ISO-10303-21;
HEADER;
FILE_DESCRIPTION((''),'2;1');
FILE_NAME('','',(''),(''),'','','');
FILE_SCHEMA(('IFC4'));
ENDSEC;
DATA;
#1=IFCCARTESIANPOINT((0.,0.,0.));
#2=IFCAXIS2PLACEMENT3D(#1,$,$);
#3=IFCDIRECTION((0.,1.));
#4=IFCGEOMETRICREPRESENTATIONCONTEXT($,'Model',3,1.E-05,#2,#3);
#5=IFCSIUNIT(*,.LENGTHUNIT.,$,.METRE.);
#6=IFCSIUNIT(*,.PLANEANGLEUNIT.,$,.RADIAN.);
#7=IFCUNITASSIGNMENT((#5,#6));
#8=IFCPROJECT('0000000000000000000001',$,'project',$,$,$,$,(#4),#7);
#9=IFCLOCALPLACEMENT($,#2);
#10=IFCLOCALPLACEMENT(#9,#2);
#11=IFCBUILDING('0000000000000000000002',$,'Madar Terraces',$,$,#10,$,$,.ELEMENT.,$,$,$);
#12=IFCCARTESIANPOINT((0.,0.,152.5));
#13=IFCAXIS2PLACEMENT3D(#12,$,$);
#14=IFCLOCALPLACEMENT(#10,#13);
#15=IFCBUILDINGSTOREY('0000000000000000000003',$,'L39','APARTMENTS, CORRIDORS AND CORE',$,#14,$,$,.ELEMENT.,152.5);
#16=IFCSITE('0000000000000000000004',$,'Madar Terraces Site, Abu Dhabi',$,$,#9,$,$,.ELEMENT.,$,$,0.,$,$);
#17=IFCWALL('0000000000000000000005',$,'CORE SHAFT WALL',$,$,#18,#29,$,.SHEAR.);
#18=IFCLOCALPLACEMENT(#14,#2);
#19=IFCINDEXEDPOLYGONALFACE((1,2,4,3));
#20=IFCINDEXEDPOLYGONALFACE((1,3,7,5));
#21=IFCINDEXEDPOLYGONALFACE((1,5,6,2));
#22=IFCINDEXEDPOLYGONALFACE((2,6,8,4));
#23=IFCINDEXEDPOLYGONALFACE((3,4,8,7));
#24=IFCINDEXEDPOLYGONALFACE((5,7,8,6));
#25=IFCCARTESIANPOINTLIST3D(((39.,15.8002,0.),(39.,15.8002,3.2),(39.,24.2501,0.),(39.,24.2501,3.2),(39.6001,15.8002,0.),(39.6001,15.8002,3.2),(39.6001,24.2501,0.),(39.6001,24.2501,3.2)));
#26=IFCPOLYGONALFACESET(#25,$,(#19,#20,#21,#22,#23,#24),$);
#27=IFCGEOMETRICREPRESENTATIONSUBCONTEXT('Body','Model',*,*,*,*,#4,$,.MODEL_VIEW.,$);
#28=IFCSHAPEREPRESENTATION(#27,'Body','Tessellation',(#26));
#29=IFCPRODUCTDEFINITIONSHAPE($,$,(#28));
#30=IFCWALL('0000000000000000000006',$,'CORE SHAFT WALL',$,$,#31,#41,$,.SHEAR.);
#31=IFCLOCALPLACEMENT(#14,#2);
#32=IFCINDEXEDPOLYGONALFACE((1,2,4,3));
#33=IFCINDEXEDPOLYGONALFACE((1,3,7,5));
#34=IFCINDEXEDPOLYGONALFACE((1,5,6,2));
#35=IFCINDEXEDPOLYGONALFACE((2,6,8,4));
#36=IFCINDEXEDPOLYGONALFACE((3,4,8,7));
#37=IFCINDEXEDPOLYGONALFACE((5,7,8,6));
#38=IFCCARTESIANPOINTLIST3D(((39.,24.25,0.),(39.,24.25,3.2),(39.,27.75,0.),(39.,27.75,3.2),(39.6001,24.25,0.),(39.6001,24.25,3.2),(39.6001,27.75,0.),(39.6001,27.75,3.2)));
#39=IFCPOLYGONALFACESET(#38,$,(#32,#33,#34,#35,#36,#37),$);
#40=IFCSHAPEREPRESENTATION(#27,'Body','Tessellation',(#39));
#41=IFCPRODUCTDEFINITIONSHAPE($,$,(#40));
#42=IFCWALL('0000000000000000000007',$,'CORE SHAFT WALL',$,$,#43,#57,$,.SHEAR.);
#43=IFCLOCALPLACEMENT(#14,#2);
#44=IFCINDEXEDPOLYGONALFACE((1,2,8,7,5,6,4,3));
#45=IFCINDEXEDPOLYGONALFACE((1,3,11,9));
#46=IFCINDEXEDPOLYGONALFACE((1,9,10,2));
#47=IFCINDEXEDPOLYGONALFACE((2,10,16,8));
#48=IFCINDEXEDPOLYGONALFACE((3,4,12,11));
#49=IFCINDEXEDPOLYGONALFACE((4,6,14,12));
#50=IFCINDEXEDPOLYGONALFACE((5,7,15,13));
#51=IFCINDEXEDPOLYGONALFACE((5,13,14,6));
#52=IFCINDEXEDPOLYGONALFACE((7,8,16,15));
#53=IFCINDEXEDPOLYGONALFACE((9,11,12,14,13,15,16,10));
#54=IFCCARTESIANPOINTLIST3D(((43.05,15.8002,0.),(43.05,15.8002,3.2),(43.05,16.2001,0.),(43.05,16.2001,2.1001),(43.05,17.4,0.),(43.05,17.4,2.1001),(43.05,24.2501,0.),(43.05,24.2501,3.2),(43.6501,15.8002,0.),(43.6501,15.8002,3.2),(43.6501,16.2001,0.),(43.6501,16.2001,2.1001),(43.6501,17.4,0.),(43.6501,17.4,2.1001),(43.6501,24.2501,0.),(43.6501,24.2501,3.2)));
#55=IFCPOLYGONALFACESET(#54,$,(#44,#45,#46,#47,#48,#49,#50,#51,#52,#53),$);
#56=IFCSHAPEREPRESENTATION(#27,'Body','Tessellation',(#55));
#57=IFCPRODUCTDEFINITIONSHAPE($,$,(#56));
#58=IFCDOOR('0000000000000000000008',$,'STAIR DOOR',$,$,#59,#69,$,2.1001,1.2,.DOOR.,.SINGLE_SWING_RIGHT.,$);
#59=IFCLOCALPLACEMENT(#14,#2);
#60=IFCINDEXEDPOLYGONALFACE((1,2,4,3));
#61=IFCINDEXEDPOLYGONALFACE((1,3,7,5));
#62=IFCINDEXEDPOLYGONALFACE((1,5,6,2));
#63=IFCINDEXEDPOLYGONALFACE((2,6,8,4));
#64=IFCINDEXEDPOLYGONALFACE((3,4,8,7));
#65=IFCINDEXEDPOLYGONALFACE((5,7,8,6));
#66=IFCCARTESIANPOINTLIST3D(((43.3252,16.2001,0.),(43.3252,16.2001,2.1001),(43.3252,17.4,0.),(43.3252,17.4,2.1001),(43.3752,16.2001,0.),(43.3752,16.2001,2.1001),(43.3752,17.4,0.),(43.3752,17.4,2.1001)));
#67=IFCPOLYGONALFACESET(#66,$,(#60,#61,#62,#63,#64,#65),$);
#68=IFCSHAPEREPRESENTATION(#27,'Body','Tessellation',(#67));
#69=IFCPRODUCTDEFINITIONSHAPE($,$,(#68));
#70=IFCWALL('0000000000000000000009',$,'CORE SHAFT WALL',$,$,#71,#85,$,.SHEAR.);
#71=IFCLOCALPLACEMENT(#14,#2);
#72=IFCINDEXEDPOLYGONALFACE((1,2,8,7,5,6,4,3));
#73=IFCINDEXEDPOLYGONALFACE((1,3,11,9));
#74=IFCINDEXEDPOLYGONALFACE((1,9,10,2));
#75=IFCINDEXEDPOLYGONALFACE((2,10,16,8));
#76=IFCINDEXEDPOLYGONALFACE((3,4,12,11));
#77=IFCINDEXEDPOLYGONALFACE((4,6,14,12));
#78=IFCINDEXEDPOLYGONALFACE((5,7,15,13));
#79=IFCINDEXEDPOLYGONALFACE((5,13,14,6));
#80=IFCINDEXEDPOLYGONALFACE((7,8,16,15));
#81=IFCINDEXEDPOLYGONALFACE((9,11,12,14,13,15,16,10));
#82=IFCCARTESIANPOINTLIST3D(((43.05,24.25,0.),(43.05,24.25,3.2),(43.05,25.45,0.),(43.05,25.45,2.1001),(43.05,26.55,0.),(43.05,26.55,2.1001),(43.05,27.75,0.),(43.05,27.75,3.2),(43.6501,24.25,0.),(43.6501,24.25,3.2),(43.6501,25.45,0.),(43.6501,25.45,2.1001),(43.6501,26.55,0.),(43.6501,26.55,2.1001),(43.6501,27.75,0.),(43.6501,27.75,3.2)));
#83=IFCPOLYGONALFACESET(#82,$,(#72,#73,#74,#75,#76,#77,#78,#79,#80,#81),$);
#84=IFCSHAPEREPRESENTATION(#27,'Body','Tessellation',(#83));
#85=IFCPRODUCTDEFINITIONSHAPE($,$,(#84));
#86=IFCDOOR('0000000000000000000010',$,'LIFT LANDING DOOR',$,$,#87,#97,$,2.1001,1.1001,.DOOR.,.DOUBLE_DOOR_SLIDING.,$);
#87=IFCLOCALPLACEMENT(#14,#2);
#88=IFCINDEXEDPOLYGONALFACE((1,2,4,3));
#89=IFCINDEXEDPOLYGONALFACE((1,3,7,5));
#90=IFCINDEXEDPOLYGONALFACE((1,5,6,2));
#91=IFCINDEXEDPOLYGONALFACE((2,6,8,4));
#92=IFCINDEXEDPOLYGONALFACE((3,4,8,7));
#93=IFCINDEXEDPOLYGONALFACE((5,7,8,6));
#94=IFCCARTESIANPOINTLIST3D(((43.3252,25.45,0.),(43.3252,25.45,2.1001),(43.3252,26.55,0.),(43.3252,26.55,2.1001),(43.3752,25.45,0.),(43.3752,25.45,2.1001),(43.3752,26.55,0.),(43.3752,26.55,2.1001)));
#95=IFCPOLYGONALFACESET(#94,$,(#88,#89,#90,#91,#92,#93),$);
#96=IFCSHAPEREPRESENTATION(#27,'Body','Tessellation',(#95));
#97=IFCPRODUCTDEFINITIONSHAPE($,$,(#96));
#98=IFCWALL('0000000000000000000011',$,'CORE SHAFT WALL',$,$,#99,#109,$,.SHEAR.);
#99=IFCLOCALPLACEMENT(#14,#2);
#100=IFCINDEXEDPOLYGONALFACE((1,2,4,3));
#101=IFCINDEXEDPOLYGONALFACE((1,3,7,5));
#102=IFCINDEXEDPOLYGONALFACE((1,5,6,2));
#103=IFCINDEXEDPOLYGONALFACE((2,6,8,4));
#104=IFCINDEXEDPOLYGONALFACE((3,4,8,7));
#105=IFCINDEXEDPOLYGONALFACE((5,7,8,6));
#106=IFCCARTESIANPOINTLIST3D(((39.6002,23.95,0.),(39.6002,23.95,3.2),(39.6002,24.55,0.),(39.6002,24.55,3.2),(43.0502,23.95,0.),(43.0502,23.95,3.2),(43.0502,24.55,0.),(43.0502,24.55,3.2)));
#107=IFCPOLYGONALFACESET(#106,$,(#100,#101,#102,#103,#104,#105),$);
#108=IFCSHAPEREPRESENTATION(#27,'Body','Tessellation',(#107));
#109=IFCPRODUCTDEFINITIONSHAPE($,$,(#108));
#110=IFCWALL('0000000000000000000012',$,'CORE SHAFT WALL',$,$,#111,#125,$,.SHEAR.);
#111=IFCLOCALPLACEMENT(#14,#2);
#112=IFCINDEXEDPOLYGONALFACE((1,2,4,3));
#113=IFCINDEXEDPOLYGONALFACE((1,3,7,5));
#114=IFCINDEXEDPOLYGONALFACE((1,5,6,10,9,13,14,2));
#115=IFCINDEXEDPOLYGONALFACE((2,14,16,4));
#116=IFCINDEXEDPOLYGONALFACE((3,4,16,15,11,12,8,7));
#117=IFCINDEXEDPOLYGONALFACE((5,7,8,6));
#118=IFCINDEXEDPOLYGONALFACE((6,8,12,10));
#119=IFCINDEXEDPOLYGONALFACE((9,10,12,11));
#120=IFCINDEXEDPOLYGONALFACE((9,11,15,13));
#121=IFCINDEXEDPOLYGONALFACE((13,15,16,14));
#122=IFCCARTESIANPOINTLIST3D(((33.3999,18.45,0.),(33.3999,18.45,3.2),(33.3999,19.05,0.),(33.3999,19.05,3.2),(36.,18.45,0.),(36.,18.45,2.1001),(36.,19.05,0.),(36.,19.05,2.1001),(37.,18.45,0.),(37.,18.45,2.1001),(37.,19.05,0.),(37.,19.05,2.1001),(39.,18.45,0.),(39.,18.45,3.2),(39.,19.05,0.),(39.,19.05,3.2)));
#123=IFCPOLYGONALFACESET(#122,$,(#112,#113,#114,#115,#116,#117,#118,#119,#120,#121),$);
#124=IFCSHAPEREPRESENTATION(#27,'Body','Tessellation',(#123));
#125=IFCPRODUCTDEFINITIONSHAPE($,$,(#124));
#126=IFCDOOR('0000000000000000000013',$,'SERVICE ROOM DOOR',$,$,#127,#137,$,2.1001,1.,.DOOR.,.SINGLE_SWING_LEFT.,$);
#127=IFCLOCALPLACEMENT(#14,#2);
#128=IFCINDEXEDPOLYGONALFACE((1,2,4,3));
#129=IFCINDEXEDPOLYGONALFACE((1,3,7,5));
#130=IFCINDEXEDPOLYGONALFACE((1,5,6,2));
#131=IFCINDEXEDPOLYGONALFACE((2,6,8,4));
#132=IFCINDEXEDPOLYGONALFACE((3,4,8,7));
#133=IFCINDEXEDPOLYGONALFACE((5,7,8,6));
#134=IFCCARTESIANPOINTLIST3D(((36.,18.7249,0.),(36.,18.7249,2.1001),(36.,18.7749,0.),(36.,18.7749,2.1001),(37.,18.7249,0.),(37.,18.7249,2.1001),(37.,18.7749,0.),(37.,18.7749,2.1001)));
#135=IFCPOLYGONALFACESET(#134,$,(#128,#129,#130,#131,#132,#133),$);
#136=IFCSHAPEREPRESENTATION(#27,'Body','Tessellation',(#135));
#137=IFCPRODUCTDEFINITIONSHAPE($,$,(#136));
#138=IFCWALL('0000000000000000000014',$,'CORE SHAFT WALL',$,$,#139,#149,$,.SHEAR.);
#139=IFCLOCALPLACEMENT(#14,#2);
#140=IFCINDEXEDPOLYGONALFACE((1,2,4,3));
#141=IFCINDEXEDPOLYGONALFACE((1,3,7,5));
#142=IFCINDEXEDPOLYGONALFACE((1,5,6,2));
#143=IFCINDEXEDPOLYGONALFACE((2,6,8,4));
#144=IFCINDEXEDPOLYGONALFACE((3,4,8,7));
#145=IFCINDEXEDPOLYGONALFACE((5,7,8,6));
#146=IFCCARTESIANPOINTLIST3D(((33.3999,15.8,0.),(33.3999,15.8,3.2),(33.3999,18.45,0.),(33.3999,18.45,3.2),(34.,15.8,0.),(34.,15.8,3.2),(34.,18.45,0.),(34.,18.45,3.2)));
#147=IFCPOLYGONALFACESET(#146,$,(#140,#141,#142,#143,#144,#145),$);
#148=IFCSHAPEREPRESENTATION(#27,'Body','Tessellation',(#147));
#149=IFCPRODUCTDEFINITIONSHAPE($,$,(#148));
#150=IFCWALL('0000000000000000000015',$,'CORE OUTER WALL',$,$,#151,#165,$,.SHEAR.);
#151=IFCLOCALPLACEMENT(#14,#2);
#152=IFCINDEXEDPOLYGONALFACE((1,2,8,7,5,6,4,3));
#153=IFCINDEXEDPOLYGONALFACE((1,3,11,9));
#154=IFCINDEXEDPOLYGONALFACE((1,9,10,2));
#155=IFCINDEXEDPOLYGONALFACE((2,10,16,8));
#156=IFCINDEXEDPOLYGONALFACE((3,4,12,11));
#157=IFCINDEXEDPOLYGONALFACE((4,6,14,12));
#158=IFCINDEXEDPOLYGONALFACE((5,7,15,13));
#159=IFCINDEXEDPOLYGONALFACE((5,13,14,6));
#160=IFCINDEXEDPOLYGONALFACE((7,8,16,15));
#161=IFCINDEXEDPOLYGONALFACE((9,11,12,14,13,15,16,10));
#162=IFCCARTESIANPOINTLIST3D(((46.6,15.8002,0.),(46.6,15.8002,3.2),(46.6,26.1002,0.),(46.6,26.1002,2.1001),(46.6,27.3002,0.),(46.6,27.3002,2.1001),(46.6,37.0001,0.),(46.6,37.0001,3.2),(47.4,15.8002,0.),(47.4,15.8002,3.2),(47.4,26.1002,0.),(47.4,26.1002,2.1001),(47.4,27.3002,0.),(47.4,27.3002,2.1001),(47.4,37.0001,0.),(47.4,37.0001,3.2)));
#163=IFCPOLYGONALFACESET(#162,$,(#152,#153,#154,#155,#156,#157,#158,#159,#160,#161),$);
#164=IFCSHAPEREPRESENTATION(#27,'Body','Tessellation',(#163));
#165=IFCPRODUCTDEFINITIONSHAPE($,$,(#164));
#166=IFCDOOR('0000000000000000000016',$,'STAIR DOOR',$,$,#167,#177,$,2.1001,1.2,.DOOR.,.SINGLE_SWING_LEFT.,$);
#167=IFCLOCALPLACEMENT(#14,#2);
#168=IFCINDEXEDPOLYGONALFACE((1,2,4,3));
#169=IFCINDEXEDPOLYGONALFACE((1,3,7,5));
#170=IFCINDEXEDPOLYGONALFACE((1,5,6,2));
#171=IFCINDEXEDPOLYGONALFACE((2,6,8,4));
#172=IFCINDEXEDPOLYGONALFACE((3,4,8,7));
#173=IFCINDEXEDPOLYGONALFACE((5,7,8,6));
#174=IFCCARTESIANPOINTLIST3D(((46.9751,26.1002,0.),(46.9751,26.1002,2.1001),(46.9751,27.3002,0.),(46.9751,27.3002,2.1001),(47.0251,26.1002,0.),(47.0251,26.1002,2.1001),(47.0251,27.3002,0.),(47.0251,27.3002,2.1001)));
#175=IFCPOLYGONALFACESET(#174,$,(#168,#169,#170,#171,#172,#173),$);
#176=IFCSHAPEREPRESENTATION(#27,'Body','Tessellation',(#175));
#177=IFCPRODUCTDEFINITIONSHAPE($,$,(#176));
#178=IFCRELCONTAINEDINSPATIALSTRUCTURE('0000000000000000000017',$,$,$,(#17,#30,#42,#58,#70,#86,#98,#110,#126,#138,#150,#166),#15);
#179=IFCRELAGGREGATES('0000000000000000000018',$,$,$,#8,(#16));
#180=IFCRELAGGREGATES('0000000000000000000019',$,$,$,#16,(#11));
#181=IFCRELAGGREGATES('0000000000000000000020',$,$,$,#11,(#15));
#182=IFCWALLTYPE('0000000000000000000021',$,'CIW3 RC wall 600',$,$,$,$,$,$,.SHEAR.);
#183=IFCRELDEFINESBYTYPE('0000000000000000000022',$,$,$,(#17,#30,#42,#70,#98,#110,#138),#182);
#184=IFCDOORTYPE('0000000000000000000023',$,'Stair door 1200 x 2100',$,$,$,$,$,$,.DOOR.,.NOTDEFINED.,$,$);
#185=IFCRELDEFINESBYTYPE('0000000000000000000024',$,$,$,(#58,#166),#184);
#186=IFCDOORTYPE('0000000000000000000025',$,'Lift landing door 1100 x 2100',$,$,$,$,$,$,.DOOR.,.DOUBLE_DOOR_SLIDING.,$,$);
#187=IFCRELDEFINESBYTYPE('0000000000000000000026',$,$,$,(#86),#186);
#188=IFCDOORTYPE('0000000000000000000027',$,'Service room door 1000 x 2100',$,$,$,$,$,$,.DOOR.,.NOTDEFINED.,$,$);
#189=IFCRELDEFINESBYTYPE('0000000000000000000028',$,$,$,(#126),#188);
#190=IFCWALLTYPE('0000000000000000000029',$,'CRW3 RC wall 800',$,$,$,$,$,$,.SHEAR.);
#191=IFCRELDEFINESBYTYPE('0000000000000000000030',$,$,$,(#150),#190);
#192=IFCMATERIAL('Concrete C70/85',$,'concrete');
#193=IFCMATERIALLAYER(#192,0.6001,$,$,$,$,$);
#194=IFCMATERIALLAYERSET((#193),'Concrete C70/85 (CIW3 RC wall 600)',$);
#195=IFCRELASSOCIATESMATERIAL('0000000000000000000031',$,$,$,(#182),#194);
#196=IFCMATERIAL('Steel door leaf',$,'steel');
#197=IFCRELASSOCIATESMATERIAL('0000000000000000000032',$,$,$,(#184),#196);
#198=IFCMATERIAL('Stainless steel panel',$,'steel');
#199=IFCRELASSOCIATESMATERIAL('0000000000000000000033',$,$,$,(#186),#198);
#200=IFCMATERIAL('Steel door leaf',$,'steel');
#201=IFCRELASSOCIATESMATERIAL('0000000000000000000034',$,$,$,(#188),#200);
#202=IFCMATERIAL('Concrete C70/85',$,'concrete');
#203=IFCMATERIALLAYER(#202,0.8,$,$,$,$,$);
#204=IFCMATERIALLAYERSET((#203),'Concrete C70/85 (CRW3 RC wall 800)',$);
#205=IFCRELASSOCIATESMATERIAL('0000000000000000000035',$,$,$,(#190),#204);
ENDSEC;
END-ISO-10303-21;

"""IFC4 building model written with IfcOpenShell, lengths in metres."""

from ifc_helpers import new_model, si_unit, direction, frame, frame_2d, origin, place, context, subcontext, project, spatial, rectangle, extrude, material, layer, layer_set, type_object, element, fill, save


model = new_model("IFC4")

# Units and contexts
model_context = context("Model", 3, precision=1e-05, world=origin(), true_north=direction((0.0, 1.0)))
body_context = subcontext(model_context, "Body", "Model", "MODEL_VIEW")
ifc_project = project(units=[si_unit("LENGTHUNIT", "METRE"), si_unit("PLANEANGLEUNIT", "RADIAN")], contexts=[model_context])

# Site, building, storey
site_placement = place(None, origin())
site = spatial("IfcSite", under=ifc_project, at=site_placement, Name="Madar Terraces Site, Abu Dhabi", CompositionType="ELEMENT", RefElevation=0.0)
building_placement = place(site_placement, origin())
building = spatial("IfcBuilding", under=site, at=building_placement, Name="Madar Terraces", CompositionType="ELEMENT")
storey_placement = place(building_placement, frame((0.0, 0.0, 152.5)))
storey = spatial("IfcBuildingStorey", under=building, at=storey_placement, Name="L39", Description="APARTMENTS, CORRIDORS AND CORE", CompositionType="ELEMENT", Elevation=152.5)

# Walls
ifc_material_1 = material(Name="Concrete C70/85", Category="concrete")
ifc_layer_1 = layer(ifc_material_1, 0.6001)
ifc_layer_set_1 = layer_set([ifc_layer_1], Name="Concrete C70/85 (CIW3 RC wall 600)")
wall_type_1 = type_object("IfcWallType", Name="CIW3 RC wall 600", PredefinedType="SHEAR", material=ifc_layer_set_1)
wall_1_placement = place(storey_placement, frame((39.3, 15.8, 0.0), z_axis=(0.0, 0.0, 1.0), x_axis=(0.0, 1.0, 0.0)))
element("IfcWall", 1, at=wall_1_placement, inside=storey, type_object=wall_type_1, Name="CORE SHAFT WALL", PredefinedType="SHEAR", context=body_context, shape_type="SweptSolid", body=[
    extrude(rectangle(XDim=8.45, YDim=0.6001, at=frame_2d((4.2251, 0.0))), origin(), (0.0, 0.0, 1.0), 3.2),
])
wall_2_placement = place(storey_placement, frame((39.3, 24.25, 0.0), z_axis=(0.0, 0.0, 1.0), x_axis=(0.0, 1.0, 0.0)))
element("IfcWall", 2, at=wall_2_placement, inside=storey, type_object=wall_type_1, Name="CORE SHAFT WALL", PredefinedType="SHEAR", context=body_context, shape_type="SweptSolid", body=[
    extrude(rectangle(XDim=3.5, YDim=0.6001, at=frame_2d((1.75, 0.0))), origin(), (0.0, 0.0, 1.0), 3.2),
])

# Walls, openings, doors
wall_3_placement = place(storey_placement, frame((43.3501, 15.8, 0.0), z_axis=(0.0, 0.0, 1.0), x_axis=(0.0, 1.0, 0.0)))
wall_3 = element("IfcWall", 3, at=wall_3_placement, inside=storey, type_object=wall_type_1, Name="CORE SHAFT WALL", PredefinedType="SHEAR", context=body_context, shape_type="SweptSolid", body=[
    extrude(rectangle(XDim=8.45, YDim=0.6001, at=frame_2d((4.2251, 0.0))), origin(), (0.0, 0.0, 1.0), 3.2),
])
opening_1_placement = place(wall_3_placement, frame((0.3999, 0.0, 0.0)))
opening_1 = element("IfcOpeningElement", 4, at=opening_1_placement, cuts=wall_3, PredefinedType="OPENING", context=body_context, shape_type="SweptSolid", body=[
    extrude(rectangle(XDim=1.2, YDim=2.1001, at=frame_2d((0.6001, 1.05))), frame((0.0, 0.3101, 0.0), z_axis=(0.0, -1.0, 0.0), x_axis=(1.0, 0.0, 0.0)), (0.0, 0.0, 1.0), 0.6201),
])
ifc_material_2 = material(Name="Steel door leaf", Category="steel")
door_type_1 = type_object("IfcDoorType", Name="Stair door 1200 x 2100", OperationType="NOTDEFINED", PredefinedType="DOOR", material=ifc_material_2)
door_1_placement = place(opening_1_placement, origin())
door_1 = element("IfcDoor", 5, at=door_1_placement, inside=storey, type_object=door_type_1, Name="STAIR DOOR", OperationType="SINGLE_SWING_RIGHT", OverallHeight=2.1001, OverallWidth=1.2, PredefinedType="DOOR", context=body_context, shape_type="SweptSolid", body=[
    extrude(rectangle(XDim=1.2, YDim=2.1001, at=frame_2d((0.6001, 1.05))), frame((0.0, 0.0249, 0.0), z_axis=(0.0, -1.0, 0.0), x_axis=(1.0, 0.0, 0.0)), (0.0, 0.0, 1.0), 0.05),
])
fill(opening_1, door_1)
wall_4_placement = place(storey_placement, frame((43.3501, 24.25, 0.0), z_axis=(0.0, 0.0, 1.0), x_axis=(0.0, 1.0, 0.0)))
wall_4 = element("IfcWall", 6, at=wall_4_placement, inside=storey, type_object=wall_type_1, Name="CORE SHAFT WALL", PredefinedType="SHEAR", context=body_context, shape_type="SweptSolid", body=[
    extrude(rectangle(XDim=3.5, YDim=0.6001, at=frame_2d((1.75, 0.0))), origin(), (0.0, 0.0, 1.0), 3.2),
])
opening_2_placement = place(wall_4_placement, frame((1.2, 0.0, 0.0)))
opening_2 = element("IfcOpeningElement", 7, at=opening_2_placement, cuts=wall_4, PredefinedType="OPENING", context=body_context, shape_type="SweptSolid", body=[
    extrude(rectangle(XDim=1.1001, YDim=2.1001, at=frame_2d((0.55, 1.05))), frame((0.0, 0.3101, 0.0), z_axis=(0.0, -1.0, 0.0), x_axis=(1.0, 0.0, 0.0)), (0.0, 0.0, 1.0), 0.6201),
])
ifc_material_3 = material(Name="Stainless steel panel", Category="steel")
door_type_2 = type_object("IfcDoorType", Name="Lift landing door 1100 x 2100", OperationType="DOUBLE_DOOR_SLIDING", PredefinedType="DOOR", material=ifc_material_3)
door_2_placement = place(opening_2_placement, origin())
door_2 = element("IfcDoor", 8, at=door_2_placement, inside=storey, type_object=door_type_2, Name="LIFT LANDING DOOR", OperationType="DOUBLE_DOOR_SLIDING", OverallHeight=2.1001, OverallWidth=1.1001, PredefinedType="DOOR", context=body_context, shape_type="SweptSolid", body=[
    extrude(rectangle(XDim=1.1001, YDim=2.1001, at=frame_2d((0.55, 1.05))), frame((0.0, 0.0249, 0.0), z_axis=(0.0, -1.0, 0.0), x_axis=(1.0, 0.0, 0.0)), (0.0, 0.0, 1.0), 0.05),
])
fill(opening_2, door_2)

# Wall
wall_5_placement = place(storey_placement, frame((39.6001, 24.25, 0.0), z_axis=(0.0, 0.0, 1.0), x_axis=(1.0, 0.0, 0.0)))
element("IfcWall", 9, at=wall_5_placement, inside=storey, type_object=wall_type_1, Name="CORE SHAFT WALL", PredefinedType="SHEAR", context=body_context, shape_type="SweptSolid", body=[
    extrude(rectangle(XDim=3.45, YDim=0.6001, at=frame_2d((1.7251, 0.0))), origin(), (0.0, 0.0, 1.0), 3.2),
])

# Wall, opening, door
wall_6_placement = place(storey_placement, frame((33.3999, 18.75, 0.0), z_axis=(0.0, 0.0, 1.0), x_axis=(1.0, 0.0, 0.0)))
wall_6 = element("IfcWall", 10, at=wall_6_placement, inside=storey, type_object=wall_type_1, Name="CORE SHAFT WALL", PredefinedType="SHEAR", context=body_context, shape_type="SweptSolid", body=[
    extrude(rectangle(XDim=5.6001, YDim=0.6001, at=frame_2d((2.8, 0.0))), origin(), (0.0, 0.0, 1.0), 3.2),
])
opening_3_placement = place(wall_6_placement, frame((2.6001, 0.0, 0.0)))
opening_3 = element("IfcOpeningElement", 11, at=opening_3_placement, cuts=wall_6, PredefinedType="OPENING", context=body_context, shape_type="SweptSolid", body=[
    extrude(rectangle(XDim=1.0, YDim=2.1001, at=frame_2d((0.5, 1.05))), frame((0.0, 0.3101, 0.0), z_axis=(0.0, -1.0, 0.0), x_axis=(1.0, 0.0, 0.0)), (0.0, 0.0, 1.0), 0.6201),
])
ifc_material_4 = material(Name="Steel door leaf", Category="steel")
door_type_3 = type_object("IfcDoorType", Name="Service room door 1000 x 2100", OperationType="NOTDEFINED", PredefinedType="DOOR", material=ifc_material_4)
door_3_placement = place(opening_3_placement, origin())
door_3 = element("IfcDoor", 12, at=door_3_placement, inside=storey, type_object=door_type_3, Name="SERVICE ROOM DOOR", OperationType="SINGLE_SWING_LEFT", OverallHeight=2.1001, OverallWidth=1.0, PredefinedType="DOOR", context=body_context, shape_type="SweptSolid", body=[
    extrude(rectangle(XDim=1.0, YDim=2.1001, at=frame_2d((0.5, 1.05))), frame((0.0, 0.0249, 0.0), z_axis=(0.0, -1.0, 0.0), x_axis=(1.0, 0.0, 0.0)), (0.0, 0.0, 1.0), 0.05),
])
fill(opening_3, door_3)

# Wall
wall_7_placement = place(storey_placement, frame((33.7, 15.8, 0.0), z_axis=(0.0, 0.0, 1.0), x_axis=(0.0, 1.0, 0.0)))
element("IfcWall", 13, at=wall_7_placement, inside=storey, type_object=wall_type_1, Name="CORE SHAFT WALL", PredefinedType="SHEAR", context=body_context, shape_type="SweptSolid", body=[
    extrude(rectangle(XDim=2.6499, YDim=0.6001, at=frame_2d((1.325, 0.0))), origin(), (0.0, 0.0, 1.0), 3.2),
])

# Wall, opening, door
ifc_material_5 = material(Name="Concrete C70/85", Category="concrete")
ifc_layer_2 = layer(ifc_material_5, 0.8)
ifc_layer_set_2 = layer_set([ifc_layer_2], Name="Concrete C70/85 (CRW3 RC wall 800)")
wall_type_2 = type_object("IfcWallType", Name="CRW3 RC wall 800", PredefinedType="SHEAR", material=ifc_layer_set_2)
wall_8_placement = place(storey_placement, frame((47.0, 15.8, 0.0), z_axis=(0.0, 0.0, 1.0), x_axis=(0.0, 1.0, 0.0)))
wall_8 = element("IfcWall", 14, at=wall_8_placement, inside=storey, type_object=wall_type_2, Name="CORE OUTER WALL", PredefinedType="SHEAR", context=body_context, shape_type="SweptSolid", body=[
    extrude(rectangle(XDim=21.2, YDim=0.8, at=frame_2d((10.6001, 0.0))), origin(), (0.0, 0.0, 1.0), 3.2),
])
opening_4_placement = place(wall_8_placement, frame((10.3, 0.0, 0.0)))
opening_4 = element("IfcOpeningElement", 15, at=opening_4_placement, cuts=wall_8, PredefinedType="OPENING", context=body_context, shape_type="SweptSolid", body=[
    extrude(rectangle(XDim=1.2, YDim=2.1001, at=frame_2d((0.6001, 1.05))), frame((0.0, 0.4099, 0.0), z_axis=(0.0, -1.0, 0.0), x_axis=(1.0, 0.0, 0.0)), (0.0, 0.0, 1.0), 0.8201),
])
door_4_placement = place(opening_4_placement, origin())
door_4 = element("IfcDoor", 16, at=door_4_placement, inside=storey, type_object=door_type_1, Name="STAIR DOOR", OperationType="SINGLE_SWING_LEFT", OverallHeight=2.1001, OverallWidth=1.2, PredefinedType="DOOR", context=body_context, shape_type="SweptSolid", body=[
    extrude(rectangle(XDim=1.2, YDim=2.1001, at=frame_2d((0.6001, 1.05))), frame((0.0, 0.0249, 0.0), z_axis=(0.0, -1.0, 0.0), x_axis=(1.0, 0.0, 0.0)), (0.0, 0.0, 1.0), 0.05),
])
fill(opening_4, door_4)

save(model, "model.ifc")
